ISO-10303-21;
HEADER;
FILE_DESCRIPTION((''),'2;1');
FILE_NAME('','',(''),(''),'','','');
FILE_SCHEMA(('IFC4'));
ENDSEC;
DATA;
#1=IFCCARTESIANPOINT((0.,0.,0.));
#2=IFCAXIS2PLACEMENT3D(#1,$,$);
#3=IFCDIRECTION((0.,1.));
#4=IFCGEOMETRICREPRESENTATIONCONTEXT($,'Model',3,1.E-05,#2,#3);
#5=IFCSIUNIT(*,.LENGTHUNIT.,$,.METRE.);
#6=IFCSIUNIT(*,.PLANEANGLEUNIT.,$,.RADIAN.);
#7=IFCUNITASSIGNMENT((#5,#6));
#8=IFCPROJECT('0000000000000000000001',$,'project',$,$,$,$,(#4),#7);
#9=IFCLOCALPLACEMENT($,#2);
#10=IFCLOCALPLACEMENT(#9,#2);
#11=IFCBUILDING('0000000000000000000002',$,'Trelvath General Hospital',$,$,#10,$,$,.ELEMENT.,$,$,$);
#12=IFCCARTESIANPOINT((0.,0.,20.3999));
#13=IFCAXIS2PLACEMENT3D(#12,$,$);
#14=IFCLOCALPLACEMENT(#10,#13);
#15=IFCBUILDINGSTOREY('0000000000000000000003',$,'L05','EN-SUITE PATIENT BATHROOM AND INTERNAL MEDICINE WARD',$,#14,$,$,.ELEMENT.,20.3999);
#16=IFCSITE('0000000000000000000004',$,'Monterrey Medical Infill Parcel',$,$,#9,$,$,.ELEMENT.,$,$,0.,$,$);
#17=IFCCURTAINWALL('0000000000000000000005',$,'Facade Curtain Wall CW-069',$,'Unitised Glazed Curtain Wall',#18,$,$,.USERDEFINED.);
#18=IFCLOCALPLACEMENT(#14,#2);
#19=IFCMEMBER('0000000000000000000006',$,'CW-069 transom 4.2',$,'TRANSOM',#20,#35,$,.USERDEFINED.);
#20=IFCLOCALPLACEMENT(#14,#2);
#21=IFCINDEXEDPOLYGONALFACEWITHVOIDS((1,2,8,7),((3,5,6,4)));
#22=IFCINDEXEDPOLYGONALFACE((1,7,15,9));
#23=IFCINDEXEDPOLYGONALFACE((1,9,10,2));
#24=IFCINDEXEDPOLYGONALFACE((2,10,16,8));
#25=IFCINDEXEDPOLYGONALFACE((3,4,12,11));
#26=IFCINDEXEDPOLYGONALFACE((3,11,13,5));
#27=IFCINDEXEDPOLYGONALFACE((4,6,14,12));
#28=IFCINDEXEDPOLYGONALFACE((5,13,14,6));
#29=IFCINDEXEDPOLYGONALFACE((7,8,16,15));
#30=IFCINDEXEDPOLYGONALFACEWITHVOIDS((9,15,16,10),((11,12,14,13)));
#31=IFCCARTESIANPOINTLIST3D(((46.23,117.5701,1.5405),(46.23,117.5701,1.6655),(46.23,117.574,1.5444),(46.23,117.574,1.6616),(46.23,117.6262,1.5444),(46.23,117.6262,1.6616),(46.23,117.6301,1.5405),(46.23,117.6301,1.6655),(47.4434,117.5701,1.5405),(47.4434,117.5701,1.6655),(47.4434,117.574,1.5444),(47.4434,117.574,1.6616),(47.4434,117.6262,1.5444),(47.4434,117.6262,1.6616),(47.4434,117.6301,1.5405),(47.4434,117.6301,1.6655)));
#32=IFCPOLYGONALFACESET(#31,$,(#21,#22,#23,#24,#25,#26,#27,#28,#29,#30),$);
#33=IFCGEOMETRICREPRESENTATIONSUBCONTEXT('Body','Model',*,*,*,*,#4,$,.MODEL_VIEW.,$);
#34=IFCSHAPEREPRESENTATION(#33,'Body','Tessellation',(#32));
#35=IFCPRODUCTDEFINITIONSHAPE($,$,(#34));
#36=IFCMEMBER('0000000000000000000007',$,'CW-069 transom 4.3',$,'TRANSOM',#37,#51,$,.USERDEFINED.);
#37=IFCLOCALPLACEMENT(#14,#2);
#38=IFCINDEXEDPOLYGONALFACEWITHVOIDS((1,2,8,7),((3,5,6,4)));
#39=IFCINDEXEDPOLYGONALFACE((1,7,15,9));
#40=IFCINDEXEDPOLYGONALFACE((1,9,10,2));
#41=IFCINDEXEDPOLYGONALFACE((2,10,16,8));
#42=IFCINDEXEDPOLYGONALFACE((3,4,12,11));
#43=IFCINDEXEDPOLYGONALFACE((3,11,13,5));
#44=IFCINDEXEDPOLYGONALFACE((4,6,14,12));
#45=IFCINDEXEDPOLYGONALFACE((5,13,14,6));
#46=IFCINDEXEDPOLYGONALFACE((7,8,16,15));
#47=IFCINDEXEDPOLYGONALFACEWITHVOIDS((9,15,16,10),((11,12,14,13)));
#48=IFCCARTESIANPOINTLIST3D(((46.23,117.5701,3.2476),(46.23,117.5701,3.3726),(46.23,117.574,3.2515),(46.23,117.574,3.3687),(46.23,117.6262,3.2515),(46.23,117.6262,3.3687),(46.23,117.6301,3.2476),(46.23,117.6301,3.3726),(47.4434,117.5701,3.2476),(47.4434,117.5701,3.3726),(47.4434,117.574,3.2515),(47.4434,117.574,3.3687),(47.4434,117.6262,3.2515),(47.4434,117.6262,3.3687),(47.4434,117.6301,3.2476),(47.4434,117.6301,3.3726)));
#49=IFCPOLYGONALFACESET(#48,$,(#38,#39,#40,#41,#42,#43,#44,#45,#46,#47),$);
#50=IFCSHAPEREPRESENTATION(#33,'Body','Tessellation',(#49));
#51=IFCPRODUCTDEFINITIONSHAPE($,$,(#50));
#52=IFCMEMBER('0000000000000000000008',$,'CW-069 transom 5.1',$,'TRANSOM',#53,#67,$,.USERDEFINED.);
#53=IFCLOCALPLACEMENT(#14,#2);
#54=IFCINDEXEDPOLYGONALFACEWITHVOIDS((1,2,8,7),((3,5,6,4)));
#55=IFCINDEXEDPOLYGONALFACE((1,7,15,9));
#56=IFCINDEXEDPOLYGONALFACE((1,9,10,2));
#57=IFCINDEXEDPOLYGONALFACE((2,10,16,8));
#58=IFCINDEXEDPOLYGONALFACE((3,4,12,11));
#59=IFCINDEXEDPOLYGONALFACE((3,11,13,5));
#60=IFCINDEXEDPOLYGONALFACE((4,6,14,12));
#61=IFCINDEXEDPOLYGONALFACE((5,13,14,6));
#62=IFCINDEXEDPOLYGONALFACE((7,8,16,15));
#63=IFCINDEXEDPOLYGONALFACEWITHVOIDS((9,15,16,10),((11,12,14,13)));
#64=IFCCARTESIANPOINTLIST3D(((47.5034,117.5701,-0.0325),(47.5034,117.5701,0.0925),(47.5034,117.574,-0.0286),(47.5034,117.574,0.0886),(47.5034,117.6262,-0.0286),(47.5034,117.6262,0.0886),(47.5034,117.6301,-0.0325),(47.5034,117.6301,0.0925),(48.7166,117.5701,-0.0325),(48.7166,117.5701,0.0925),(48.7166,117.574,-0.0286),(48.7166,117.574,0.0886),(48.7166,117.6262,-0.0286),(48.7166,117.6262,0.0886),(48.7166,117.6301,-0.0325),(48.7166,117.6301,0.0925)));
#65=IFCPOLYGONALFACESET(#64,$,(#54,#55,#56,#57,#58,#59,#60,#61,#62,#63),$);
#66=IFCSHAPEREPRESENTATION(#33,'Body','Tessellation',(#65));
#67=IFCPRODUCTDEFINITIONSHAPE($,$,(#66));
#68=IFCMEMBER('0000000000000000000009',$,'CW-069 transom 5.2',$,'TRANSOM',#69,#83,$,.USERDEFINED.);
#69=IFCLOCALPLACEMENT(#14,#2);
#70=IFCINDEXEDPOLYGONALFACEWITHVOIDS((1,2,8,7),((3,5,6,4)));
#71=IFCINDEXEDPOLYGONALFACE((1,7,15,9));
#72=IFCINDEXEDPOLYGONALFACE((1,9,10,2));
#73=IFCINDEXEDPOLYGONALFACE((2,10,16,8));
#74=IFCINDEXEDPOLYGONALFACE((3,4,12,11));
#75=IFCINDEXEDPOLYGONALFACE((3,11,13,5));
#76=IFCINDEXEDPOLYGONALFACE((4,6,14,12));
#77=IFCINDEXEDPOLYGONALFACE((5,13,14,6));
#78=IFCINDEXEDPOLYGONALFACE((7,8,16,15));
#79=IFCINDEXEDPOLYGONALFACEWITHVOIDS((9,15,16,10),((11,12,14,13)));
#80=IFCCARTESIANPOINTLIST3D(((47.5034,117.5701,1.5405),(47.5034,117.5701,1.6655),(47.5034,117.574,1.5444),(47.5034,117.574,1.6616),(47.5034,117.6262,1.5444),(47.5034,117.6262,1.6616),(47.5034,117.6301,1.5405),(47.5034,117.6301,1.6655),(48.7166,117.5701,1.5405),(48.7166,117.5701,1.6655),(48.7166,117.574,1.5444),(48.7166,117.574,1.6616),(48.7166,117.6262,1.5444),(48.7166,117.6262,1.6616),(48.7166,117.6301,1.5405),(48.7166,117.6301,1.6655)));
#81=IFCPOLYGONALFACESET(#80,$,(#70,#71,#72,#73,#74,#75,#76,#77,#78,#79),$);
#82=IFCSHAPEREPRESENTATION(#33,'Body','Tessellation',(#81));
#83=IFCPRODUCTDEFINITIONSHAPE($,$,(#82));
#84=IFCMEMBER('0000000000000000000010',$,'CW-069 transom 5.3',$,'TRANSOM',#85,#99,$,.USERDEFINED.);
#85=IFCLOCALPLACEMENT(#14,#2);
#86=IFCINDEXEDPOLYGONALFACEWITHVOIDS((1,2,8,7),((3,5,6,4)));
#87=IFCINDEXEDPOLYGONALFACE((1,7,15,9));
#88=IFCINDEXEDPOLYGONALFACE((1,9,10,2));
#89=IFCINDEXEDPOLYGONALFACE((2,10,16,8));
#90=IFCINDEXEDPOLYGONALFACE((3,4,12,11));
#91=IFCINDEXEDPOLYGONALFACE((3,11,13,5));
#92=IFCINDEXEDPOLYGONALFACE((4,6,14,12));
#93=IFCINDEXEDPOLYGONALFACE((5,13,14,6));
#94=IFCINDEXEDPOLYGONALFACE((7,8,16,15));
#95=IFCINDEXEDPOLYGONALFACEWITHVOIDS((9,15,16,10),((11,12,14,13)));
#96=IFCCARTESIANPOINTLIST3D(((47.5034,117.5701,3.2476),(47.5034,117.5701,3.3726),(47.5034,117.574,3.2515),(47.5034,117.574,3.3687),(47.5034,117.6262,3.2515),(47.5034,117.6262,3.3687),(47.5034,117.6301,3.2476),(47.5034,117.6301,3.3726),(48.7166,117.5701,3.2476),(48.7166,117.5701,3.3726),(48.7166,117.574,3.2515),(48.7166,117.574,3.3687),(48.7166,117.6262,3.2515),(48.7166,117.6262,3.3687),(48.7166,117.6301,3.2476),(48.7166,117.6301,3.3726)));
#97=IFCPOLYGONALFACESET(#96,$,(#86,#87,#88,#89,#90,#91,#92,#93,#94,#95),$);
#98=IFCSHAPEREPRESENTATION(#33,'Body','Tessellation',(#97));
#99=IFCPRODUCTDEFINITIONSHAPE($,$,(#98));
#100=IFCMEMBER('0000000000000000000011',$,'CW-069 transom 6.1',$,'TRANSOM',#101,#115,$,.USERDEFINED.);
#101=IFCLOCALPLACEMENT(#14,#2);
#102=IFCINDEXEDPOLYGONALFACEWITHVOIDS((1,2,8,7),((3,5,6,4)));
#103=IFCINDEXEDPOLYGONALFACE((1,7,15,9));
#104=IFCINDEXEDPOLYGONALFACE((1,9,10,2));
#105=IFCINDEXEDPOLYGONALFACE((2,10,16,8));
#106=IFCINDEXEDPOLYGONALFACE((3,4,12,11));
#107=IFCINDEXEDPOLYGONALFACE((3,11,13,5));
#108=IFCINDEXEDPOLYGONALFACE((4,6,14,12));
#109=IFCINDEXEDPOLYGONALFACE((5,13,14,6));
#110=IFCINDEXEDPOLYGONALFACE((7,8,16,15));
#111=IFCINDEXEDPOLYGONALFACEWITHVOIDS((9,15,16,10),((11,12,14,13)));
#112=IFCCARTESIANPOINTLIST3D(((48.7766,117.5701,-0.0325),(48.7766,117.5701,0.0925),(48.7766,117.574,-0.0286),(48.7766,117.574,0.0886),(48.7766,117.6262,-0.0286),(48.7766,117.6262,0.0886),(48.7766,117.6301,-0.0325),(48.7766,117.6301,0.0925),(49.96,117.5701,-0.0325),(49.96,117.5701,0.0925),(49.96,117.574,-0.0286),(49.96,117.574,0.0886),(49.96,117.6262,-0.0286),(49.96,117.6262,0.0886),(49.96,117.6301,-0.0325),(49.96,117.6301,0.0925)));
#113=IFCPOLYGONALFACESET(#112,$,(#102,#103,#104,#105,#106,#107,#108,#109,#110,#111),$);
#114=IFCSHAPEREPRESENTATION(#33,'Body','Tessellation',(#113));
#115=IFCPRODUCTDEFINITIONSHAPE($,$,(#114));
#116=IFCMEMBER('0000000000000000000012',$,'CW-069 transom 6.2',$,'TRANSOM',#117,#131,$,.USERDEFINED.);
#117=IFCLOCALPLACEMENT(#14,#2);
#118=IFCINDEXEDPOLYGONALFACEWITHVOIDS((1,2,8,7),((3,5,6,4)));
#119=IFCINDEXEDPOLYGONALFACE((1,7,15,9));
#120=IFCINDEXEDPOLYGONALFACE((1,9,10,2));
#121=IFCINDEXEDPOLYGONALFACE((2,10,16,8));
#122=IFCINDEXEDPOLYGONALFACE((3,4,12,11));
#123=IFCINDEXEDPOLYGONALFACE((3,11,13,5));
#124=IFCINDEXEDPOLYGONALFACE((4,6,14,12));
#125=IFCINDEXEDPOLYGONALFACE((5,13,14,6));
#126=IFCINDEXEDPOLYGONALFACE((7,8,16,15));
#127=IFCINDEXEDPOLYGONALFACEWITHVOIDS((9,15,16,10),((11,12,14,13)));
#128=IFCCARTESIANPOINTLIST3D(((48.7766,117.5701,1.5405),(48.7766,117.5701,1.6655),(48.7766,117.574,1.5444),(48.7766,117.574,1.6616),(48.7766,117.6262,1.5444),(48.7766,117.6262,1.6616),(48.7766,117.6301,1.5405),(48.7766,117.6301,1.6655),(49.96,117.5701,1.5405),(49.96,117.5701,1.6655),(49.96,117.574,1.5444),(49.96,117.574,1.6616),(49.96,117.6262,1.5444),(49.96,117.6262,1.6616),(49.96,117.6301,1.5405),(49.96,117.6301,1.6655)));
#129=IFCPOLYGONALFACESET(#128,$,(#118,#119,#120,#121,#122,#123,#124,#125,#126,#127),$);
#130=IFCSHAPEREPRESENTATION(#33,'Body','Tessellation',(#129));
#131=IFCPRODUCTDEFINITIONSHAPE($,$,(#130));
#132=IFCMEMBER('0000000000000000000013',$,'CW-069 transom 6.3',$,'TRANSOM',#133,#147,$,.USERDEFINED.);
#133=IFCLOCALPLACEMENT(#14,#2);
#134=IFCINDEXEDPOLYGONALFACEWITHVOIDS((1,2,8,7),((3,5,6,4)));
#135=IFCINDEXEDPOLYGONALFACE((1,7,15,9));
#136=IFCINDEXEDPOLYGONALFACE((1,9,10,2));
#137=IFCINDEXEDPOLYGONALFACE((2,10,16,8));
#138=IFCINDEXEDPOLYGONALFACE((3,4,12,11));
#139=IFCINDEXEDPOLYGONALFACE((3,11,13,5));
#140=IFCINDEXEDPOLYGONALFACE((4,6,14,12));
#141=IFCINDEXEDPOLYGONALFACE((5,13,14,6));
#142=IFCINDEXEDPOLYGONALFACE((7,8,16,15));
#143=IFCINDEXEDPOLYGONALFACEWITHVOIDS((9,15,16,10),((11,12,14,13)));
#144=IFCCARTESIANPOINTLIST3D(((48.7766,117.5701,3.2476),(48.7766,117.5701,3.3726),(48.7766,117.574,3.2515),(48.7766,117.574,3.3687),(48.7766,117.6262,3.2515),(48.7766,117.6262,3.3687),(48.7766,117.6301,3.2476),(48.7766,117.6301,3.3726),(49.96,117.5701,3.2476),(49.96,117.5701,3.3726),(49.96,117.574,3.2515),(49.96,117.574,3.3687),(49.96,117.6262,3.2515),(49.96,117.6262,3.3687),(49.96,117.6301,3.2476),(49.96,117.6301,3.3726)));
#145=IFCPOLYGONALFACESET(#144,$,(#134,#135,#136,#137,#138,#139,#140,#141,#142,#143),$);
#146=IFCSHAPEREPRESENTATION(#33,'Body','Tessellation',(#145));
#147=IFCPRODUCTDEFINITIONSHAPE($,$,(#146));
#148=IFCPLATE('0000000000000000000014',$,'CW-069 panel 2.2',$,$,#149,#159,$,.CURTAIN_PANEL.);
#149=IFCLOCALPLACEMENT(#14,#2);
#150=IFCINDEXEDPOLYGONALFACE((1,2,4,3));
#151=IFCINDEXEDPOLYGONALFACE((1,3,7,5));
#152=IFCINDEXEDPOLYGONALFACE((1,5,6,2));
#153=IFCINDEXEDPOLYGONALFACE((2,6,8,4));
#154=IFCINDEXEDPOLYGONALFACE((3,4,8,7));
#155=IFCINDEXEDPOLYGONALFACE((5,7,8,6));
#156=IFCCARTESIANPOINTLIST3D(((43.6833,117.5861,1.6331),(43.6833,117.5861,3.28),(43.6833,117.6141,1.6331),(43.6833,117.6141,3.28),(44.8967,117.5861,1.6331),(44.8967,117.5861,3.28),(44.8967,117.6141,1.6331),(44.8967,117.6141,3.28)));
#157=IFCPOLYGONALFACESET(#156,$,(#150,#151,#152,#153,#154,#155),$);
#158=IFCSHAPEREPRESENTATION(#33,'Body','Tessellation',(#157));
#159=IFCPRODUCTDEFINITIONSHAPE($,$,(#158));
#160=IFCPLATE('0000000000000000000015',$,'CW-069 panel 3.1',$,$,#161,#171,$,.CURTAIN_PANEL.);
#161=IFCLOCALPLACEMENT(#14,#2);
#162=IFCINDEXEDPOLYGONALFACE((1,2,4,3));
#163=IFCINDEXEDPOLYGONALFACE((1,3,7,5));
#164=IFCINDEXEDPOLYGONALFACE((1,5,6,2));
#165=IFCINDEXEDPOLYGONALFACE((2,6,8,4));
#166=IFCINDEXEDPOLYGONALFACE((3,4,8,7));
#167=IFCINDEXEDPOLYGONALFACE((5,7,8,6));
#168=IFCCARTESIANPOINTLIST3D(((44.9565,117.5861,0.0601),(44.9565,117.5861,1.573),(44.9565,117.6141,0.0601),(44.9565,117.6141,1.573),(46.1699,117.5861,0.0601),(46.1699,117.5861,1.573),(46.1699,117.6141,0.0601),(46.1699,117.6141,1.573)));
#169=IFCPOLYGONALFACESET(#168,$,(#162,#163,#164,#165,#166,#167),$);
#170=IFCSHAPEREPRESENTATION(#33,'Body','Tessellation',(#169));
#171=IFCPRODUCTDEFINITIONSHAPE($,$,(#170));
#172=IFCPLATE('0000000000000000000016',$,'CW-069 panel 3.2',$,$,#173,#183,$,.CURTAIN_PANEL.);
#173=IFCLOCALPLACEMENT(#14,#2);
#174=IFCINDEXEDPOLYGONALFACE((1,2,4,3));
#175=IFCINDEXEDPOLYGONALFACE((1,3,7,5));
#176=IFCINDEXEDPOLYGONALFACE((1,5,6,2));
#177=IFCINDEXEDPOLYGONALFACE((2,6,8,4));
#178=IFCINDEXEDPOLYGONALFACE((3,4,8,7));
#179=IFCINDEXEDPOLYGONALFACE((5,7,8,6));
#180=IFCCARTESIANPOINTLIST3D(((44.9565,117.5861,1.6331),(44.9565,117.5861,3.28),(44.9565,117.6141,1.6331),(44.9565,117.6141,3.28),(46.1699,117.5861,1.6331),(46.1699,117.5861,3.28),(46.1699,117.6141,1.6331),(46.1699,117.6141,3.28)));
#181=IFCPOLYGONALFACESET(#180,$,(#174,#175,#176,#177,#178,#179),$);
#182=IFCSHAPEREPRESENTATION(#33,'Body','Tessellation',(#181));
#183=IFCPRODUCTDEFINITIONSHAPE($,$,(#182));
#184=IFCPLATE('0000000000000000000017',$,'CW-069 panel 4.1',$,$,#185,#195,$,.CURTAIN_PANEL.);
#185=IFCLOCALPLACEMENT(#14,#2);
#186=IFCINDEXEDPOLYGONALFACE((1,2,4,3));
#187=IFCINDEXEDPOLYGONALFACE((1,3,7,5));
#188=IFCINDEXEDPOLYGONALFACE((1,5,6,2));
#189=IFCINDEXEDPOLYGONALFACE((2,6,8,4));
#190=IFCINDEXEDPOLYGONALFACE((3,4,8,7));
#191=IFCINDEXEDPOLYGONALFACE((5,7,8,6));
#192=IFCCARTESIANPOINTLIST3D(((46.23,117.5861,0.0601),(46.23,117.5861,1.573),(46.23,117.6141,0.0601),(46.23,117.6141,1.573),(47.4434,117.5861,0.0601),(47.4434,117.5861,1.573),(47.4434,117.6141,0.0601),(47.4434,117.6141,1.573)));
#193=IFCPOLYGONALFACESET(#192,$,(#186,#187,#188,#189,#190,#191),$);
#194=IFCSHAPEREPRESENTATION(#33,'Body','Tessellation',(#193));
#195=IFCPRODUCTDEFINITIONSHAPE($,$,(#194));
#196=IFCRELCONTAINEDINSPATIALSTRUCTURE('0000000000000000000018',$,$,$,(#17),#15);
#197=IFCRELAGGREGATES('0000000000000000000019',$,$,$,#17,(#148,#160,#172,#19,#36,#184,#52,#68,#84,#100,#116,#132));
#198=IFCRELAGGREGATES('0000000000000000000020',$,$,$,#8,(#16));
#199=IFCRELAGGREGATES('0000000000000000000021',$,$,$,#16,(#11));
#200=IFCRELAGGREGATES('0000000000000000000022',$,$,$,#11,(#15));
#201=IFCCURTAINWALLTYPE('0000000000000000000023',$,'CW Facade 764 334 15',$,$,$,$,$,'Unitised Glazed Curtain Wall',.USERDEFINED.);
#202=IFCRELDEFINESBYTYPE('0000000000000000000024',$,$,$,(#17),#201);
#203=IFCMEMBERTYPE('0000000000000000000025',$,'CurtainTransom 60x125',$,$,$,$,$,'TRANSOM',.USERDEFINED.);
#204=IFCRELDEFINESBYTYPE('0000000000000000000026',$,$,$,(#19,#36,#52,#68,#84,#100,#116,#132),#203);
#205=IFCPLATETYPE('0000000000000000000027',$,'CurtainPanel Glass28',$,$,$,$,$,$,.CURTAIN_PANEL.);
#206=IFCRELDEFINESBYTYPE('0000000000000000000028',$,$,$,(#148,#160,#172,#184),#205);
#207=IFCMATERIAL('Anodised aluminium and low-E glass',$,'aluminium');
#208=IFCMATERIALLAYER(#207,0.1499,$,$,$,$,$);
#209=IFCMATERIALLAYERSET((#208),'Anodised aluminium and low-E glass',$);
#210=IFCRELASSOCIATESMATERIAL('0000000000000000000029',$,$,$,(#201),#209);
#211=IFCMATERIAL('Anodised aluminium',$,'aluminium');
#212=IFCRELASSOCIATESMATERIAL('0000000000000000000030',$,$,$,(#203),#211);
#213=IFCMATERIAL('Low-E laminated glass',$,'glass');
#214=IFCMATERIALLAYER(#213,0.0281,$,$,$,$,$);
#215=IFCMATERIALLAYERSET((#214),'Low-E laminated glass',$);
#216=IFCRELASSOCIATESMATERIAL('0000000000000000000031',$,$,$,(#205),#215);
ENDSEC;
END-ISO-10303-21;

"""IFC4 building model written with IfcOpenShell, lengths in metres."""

from ifc_helpers import new_model, si_unit, direction, frame, origin, origin_2d, place, context, subcontext, project, spatial, rectangle, hollow_rectangle, extrude, material, layer, layer_set, material_profile, profile_set, type_object, element, aggregate, save


model = new_model("IFC4")

# Units and contexts
model_context = context("Model", 3, precision=1e-05, world=origin(), true_north=direction((0.0, 1.0)))
body_context = subcontext(model_context, "Body", "Model", "MODEL_VIEW")
ifc_project = project(units=[si_unit("LENGTHUNIT", "METRE"), si_unit("PLANEANGLEUNIT", "RADIAN")], contexts=[model_context])

# Site, building, storey
site_placement = place(None, origin())
site = spatial("IfcSite", under=ifc_project, at=site_placement, Name="Monterrey Medical Infill Parcel", CompositionType="ELEMENT", RefElevation=0.0)
building_placement = place(site_placement, origin())
building = spatial("IfcBuilding", under=site, at=building_placement, Name="Trelvath General Hospital", CompositionType="ELEMENT")
storey_placement = place(building_placement, frame((0.0, 0.0, 20.3999)))
storey = spatial("IfcBuildingStorey", under=building, at=storey_placement, Name="L05", Description="EN-SUITE PATIENT BATHROOM AND INTERNAL MEDICINE WARD", CompositionType="ELEMENT", Elevation=20.3999)

# Curtain wall, members, plates
ifc_material_1 = material(Name="Anodised aluminium and low-E glass", Category="aluminium")
ifc_layer_1 = layer(ifc_material_1, 0.1499)
ifc_layer_set_1 = layer_set([ifc_layer_1], Name="Anodised aluminium and low-E glass")
curtain_wall_type = type_object("IfcCurtainWallType", Name="CW Facade 764 334 15", ElementType="Unitised Glazed Curtain Wall", PredefinedType="USERDEFINED", material=ifc_layer_set_1)
curtain_wall_placement = place(storey_placement, origin())
curtain_wall = element("IfcCurtainWall", 1, at=curtain_wall_placement, inside=storey, type_object=curtain_wall_type, Name="Facade Curtain Wall CW-069", ObjectType="Unitised Glazed Curtain Wall", PredefinedType="USERDEFINED")
ifc_material_2 = material(Name="Anodised aluminium", Category="aluminium")
ifc_material_profile_1 = material_profile(ifc_material_2, hollow_rectangle(XDim=0.0601, YDim=0.125, WallThickness=0.0039, at=origin_2d()), Name="RHS60x125x4")
ifc_profile_set_1 = profile_set([ifc_material_profile_1], Name="Anodised aluminium")
member_type_1 = type_object("IfcMemberType", Name="CurtainTransom 60x125", ElementType="TRANSOM", PredefinedType="USERDEFINED", material=ifc_profile_set_1)
member_1_placement = place(storey_placement, frame((46.23, 117.6001, 1.603), z_axis=(1.0, 0.0, 0.0), x_axis=(0.0, 1.0, 0.0)))
member_1 = element("IfcMember", 2, at=member_1_placement, type_object=member_type_1, Name="CW-069 transom 4.2", ObjectType="TRANSOM", PredefinedType="USERDEFINED", context=body_context, shape_type="SweptSolid", body=[
    extrude(hollow_rectangle(XDim=0.0601, YDim=0.125, WallThickness=0.0039, at=origin_2d()), origin(), (0.0, 0.0, 1.0), 1.2134),
])
member_2_placement = place(storey_placement, frame((46.23, 117.6001, 3.3101), z_axis=(1.0, 0.0, 0.0), x_axis=(0.0, 1.0, 0.0)))
member_2 = element("IfcMember", 3, at=member_2_placement, type_object=member_type_1, Name="CW-069 transom 4.3", ObjectType="TRANSOM", PredefinedType="USERDEFINED", context=body_context, shape_type="SweptSolid", body=[
    extrude(hollow_rectangle(XDim=0.0601, YDim=0.125, WallThickness=0.0039, at=origin_2d()), origin(), (0.0, 0.0, 1.0), 1.2134),
])
member_3_placement = place(storey_placement, frame((47.5034, 117.6001, 0.03), z_axis=(1.0, 0.0, 0.0), x_axis=(0.0, 1.0, 0.0)))
member_3 = element("IfcMember", 4, at=member_3_placement, type_object=member_type_1, Name="CW-069 transom 5.1", ObjectType="TRANSOM", PredefinedType="USERDEFINED", context=body_context, shape_type="SweptSolid", body=[
    extrude(hollow_rectangle(XDim=0.0601, YDim=0.125, WallThickness=0.0039, at=origin_2d()), origin(), (0.0, 0.0, 1.0), 1.2131),
])
member_4_placement = place(storey_placement, frame((47.5034, 117.6001, 1.603), z_axis=(1.0, 0.0, 0.0), x_axis=(0.0, 1.0, 0.0)))
member_4 = element("IfcMember", 5, at=member_4_placement, type_object=member_type_1, Name="CW-069 transom 5.2", ObjectType="TRANSOM", PredefinedType="USERDEFINED", context=body_context, shape_type="SweptSolid", body=[
    extrude(hollow_rectangle(XDim=0.0601, YDim=0.125, WallThickness=0.0039, at=origin_2d()), origin(), (0.0, 0.0, 1.0), 1.2131),
])
member_5_placement = place(storey_placement, frame((47.5034, 117.6001, 3.3101), z_axis=(1.0, 0.0, 0.0), x_axis=(0.0, 1.0, 0.0)))
member_5 = element("IfcMember", 6, at=member_5_placement, type_object=member_type_1, Name="CW-069 transom 5.3", ObjectType="TRANSOM", PredefinedType="USERDEFINED", context=body_context, shape_type="SweptSolid", body=[
    extrude(hollow_rectangle(XDim=0.0601, YDim=0.125, WallThickness=0.0039, at=origin_2d()), origin(), (0.0, 0.0, 1.0), 1.2131),
])
member_6_placement = place(storey_placement, frame((48.7766, 117.6001, 0.03), z_axis=(1.0, 0.0, 0.0), x_axis=(0.0, 1.0, 0.0)))
member_6 = element("IfcMember", 7, at=member_6_placement, type_object=member_type_1, Name="CW-069 transom 6.1", ObjectType="TRANSOM", PredefinedType="USERDEFINED", context=body_context, shape_type="SweptSolid", body=[
    extrude(hollow_rectangle(XDim=0.0601, YDim=0.125, WallThickness=0.0039, at=origin_2d()), origin(), (0.0, 0.0, 1.0), 1.1833),
])
member_7_placement = place(storey_placement, frame((48.7766, 117.6001, 1.603), z_axis=(1.0, 0.0, 0.0), x_axis=(0.0, 1.0, 0.0)))
member_7 = element("IfcMember", 8, at=member_7_placement, type_object=member_type_1, Name="CW-069 transom 6.2", ObjectType="TRANSOM", PredefinedType="USERDEFINED", context=body_context, shape_type="SweptSolid", body=[
    extrude(hollow_rectangle(XDim=0.0601, YDim=0.125, WallThickness=0.0039, at=origin_2d()), origin(), (0.0, 0.0, 1.0), 1.1833),
])
member_8_placement = place(storey_placement, frame((48.7766, 117.6001, 3.3101), z_axis=(1.0, 0.0, 0.0), x_axis=(0.0, 1.0, 0.0)))
member_8 = element("IfcMember", 9, at=member_8_placement, type_object=member_type_1, Name="CW-069 transom 6.3", ObjectType="TRANSOM", PredefinedType="USERDEFINED", context=body_context, shape_type="SweptSolid", body=[
    extrude(hollow_rectangle(XDim=0.0601, YDim=0.125, WallThickness=0.0039, at=origin_2d()), origin(), (0.0, 0.0, 1.0), 1.1833),
])
ifc_material_3 = material(Name="Low-E laminated glass", Category="glass")
ifc_layer_2 = layer(ifc_material_3, 0.0281)
ifc_layer_set_2 = layer_set([ifc_layer_2], Name="Low-E laminated glass")
plate_type = type_object("IfcPlateType", Name="CurtainPanel Glass28", PredefinedType="CURTAIN_PANEL", material=ifc_layer_set_2)
plate_1_placement = place(storey_placement, frame((44.29, 117.6001, 1.6331), z_axis=(0.0, 0.0, 1.0), x_axis=(1.0, 0.0, 0.0)))
plate_1 = element("IfcPlate", 10, at=plate_1_placement, type_object=plate_type, Name="CW-069 panel 2.2", PredefinedType="CURTAIN_PANEL", context=body_context, shape_type="SweptSolid", body=[
    extrude(rectangle(XDim=1.2134, YDim=0.0281, at=origin_2d()), origin(), (0.0, 0.0, 1.0), 1.647),
])
plate_2_placement = place(storey_placement, frame((45.5632, 117.6001, 0.0601), z_axis=(0.0, 0.0, 1.0), x_axis=(1.0, 0.0, 0.0)))
plate_2 = element("IfcPlate", 11, at=plate_2_placement, type_object=plate_type, Name="CW-069 panel 3.1", PredefinedType="CURTAIN_PANEL", context=body_context, shape_type="SweptSolid", body=[
    extrude(rectangle(XDim=1.2134, YDim=0.0281, at=origin_2d()), origin(), (0.0, 0.0, 1.0), 1.5129),
])
plate_3_placement = place(storey_placement, frame((45.5632, 117.6001, 1.6331), z_axis=(0.0, 0.0, 1.0), x_axis=(1.0, 0.0, 0.0)))
plate_3 = element("IfcPlate", 12, at=plate_3_placement, type_object=plate_type, Name="CW-069 panel 3.2", PredefinedType="CURTAIN_PANEL", context=body_context, shape_type="SweptSolid", body=[
    extrude(rectangle(XDim=1.2134, YDim=0.0281, at=origin_2d()), origin(), (0.0, 0.0, 1.0), 1.647),
])
plate_4_placement = place(storey_placement, frame((46.8367, 117.6001, 0.0601), z_axis=(0.0, 0.0, 1.0), x_axis=(1.0, 0.0, 0.0)))
plate_4 = element("IfcPlate", 13, at=plate_4_placement, type_object=plate_type, Name="CW-069 panel 4.1", PredefinedType="CURTAIN_PANEL", context=body_context, shape_type="SweptSolid", body=[
    extrude(rectangle(XDim=1.2134, YDim=0.0281, at=origin_2d()), origin(), (0.0, 0.0, 1.0), 1.5129),
])
aggregate(curtain_wall, [plate_1, plate_2, plate_3, member_1, member_2, plate_4, member_3, member_4, member_5, member_6, member_7, member_8])

save(model, "model.ifc")
